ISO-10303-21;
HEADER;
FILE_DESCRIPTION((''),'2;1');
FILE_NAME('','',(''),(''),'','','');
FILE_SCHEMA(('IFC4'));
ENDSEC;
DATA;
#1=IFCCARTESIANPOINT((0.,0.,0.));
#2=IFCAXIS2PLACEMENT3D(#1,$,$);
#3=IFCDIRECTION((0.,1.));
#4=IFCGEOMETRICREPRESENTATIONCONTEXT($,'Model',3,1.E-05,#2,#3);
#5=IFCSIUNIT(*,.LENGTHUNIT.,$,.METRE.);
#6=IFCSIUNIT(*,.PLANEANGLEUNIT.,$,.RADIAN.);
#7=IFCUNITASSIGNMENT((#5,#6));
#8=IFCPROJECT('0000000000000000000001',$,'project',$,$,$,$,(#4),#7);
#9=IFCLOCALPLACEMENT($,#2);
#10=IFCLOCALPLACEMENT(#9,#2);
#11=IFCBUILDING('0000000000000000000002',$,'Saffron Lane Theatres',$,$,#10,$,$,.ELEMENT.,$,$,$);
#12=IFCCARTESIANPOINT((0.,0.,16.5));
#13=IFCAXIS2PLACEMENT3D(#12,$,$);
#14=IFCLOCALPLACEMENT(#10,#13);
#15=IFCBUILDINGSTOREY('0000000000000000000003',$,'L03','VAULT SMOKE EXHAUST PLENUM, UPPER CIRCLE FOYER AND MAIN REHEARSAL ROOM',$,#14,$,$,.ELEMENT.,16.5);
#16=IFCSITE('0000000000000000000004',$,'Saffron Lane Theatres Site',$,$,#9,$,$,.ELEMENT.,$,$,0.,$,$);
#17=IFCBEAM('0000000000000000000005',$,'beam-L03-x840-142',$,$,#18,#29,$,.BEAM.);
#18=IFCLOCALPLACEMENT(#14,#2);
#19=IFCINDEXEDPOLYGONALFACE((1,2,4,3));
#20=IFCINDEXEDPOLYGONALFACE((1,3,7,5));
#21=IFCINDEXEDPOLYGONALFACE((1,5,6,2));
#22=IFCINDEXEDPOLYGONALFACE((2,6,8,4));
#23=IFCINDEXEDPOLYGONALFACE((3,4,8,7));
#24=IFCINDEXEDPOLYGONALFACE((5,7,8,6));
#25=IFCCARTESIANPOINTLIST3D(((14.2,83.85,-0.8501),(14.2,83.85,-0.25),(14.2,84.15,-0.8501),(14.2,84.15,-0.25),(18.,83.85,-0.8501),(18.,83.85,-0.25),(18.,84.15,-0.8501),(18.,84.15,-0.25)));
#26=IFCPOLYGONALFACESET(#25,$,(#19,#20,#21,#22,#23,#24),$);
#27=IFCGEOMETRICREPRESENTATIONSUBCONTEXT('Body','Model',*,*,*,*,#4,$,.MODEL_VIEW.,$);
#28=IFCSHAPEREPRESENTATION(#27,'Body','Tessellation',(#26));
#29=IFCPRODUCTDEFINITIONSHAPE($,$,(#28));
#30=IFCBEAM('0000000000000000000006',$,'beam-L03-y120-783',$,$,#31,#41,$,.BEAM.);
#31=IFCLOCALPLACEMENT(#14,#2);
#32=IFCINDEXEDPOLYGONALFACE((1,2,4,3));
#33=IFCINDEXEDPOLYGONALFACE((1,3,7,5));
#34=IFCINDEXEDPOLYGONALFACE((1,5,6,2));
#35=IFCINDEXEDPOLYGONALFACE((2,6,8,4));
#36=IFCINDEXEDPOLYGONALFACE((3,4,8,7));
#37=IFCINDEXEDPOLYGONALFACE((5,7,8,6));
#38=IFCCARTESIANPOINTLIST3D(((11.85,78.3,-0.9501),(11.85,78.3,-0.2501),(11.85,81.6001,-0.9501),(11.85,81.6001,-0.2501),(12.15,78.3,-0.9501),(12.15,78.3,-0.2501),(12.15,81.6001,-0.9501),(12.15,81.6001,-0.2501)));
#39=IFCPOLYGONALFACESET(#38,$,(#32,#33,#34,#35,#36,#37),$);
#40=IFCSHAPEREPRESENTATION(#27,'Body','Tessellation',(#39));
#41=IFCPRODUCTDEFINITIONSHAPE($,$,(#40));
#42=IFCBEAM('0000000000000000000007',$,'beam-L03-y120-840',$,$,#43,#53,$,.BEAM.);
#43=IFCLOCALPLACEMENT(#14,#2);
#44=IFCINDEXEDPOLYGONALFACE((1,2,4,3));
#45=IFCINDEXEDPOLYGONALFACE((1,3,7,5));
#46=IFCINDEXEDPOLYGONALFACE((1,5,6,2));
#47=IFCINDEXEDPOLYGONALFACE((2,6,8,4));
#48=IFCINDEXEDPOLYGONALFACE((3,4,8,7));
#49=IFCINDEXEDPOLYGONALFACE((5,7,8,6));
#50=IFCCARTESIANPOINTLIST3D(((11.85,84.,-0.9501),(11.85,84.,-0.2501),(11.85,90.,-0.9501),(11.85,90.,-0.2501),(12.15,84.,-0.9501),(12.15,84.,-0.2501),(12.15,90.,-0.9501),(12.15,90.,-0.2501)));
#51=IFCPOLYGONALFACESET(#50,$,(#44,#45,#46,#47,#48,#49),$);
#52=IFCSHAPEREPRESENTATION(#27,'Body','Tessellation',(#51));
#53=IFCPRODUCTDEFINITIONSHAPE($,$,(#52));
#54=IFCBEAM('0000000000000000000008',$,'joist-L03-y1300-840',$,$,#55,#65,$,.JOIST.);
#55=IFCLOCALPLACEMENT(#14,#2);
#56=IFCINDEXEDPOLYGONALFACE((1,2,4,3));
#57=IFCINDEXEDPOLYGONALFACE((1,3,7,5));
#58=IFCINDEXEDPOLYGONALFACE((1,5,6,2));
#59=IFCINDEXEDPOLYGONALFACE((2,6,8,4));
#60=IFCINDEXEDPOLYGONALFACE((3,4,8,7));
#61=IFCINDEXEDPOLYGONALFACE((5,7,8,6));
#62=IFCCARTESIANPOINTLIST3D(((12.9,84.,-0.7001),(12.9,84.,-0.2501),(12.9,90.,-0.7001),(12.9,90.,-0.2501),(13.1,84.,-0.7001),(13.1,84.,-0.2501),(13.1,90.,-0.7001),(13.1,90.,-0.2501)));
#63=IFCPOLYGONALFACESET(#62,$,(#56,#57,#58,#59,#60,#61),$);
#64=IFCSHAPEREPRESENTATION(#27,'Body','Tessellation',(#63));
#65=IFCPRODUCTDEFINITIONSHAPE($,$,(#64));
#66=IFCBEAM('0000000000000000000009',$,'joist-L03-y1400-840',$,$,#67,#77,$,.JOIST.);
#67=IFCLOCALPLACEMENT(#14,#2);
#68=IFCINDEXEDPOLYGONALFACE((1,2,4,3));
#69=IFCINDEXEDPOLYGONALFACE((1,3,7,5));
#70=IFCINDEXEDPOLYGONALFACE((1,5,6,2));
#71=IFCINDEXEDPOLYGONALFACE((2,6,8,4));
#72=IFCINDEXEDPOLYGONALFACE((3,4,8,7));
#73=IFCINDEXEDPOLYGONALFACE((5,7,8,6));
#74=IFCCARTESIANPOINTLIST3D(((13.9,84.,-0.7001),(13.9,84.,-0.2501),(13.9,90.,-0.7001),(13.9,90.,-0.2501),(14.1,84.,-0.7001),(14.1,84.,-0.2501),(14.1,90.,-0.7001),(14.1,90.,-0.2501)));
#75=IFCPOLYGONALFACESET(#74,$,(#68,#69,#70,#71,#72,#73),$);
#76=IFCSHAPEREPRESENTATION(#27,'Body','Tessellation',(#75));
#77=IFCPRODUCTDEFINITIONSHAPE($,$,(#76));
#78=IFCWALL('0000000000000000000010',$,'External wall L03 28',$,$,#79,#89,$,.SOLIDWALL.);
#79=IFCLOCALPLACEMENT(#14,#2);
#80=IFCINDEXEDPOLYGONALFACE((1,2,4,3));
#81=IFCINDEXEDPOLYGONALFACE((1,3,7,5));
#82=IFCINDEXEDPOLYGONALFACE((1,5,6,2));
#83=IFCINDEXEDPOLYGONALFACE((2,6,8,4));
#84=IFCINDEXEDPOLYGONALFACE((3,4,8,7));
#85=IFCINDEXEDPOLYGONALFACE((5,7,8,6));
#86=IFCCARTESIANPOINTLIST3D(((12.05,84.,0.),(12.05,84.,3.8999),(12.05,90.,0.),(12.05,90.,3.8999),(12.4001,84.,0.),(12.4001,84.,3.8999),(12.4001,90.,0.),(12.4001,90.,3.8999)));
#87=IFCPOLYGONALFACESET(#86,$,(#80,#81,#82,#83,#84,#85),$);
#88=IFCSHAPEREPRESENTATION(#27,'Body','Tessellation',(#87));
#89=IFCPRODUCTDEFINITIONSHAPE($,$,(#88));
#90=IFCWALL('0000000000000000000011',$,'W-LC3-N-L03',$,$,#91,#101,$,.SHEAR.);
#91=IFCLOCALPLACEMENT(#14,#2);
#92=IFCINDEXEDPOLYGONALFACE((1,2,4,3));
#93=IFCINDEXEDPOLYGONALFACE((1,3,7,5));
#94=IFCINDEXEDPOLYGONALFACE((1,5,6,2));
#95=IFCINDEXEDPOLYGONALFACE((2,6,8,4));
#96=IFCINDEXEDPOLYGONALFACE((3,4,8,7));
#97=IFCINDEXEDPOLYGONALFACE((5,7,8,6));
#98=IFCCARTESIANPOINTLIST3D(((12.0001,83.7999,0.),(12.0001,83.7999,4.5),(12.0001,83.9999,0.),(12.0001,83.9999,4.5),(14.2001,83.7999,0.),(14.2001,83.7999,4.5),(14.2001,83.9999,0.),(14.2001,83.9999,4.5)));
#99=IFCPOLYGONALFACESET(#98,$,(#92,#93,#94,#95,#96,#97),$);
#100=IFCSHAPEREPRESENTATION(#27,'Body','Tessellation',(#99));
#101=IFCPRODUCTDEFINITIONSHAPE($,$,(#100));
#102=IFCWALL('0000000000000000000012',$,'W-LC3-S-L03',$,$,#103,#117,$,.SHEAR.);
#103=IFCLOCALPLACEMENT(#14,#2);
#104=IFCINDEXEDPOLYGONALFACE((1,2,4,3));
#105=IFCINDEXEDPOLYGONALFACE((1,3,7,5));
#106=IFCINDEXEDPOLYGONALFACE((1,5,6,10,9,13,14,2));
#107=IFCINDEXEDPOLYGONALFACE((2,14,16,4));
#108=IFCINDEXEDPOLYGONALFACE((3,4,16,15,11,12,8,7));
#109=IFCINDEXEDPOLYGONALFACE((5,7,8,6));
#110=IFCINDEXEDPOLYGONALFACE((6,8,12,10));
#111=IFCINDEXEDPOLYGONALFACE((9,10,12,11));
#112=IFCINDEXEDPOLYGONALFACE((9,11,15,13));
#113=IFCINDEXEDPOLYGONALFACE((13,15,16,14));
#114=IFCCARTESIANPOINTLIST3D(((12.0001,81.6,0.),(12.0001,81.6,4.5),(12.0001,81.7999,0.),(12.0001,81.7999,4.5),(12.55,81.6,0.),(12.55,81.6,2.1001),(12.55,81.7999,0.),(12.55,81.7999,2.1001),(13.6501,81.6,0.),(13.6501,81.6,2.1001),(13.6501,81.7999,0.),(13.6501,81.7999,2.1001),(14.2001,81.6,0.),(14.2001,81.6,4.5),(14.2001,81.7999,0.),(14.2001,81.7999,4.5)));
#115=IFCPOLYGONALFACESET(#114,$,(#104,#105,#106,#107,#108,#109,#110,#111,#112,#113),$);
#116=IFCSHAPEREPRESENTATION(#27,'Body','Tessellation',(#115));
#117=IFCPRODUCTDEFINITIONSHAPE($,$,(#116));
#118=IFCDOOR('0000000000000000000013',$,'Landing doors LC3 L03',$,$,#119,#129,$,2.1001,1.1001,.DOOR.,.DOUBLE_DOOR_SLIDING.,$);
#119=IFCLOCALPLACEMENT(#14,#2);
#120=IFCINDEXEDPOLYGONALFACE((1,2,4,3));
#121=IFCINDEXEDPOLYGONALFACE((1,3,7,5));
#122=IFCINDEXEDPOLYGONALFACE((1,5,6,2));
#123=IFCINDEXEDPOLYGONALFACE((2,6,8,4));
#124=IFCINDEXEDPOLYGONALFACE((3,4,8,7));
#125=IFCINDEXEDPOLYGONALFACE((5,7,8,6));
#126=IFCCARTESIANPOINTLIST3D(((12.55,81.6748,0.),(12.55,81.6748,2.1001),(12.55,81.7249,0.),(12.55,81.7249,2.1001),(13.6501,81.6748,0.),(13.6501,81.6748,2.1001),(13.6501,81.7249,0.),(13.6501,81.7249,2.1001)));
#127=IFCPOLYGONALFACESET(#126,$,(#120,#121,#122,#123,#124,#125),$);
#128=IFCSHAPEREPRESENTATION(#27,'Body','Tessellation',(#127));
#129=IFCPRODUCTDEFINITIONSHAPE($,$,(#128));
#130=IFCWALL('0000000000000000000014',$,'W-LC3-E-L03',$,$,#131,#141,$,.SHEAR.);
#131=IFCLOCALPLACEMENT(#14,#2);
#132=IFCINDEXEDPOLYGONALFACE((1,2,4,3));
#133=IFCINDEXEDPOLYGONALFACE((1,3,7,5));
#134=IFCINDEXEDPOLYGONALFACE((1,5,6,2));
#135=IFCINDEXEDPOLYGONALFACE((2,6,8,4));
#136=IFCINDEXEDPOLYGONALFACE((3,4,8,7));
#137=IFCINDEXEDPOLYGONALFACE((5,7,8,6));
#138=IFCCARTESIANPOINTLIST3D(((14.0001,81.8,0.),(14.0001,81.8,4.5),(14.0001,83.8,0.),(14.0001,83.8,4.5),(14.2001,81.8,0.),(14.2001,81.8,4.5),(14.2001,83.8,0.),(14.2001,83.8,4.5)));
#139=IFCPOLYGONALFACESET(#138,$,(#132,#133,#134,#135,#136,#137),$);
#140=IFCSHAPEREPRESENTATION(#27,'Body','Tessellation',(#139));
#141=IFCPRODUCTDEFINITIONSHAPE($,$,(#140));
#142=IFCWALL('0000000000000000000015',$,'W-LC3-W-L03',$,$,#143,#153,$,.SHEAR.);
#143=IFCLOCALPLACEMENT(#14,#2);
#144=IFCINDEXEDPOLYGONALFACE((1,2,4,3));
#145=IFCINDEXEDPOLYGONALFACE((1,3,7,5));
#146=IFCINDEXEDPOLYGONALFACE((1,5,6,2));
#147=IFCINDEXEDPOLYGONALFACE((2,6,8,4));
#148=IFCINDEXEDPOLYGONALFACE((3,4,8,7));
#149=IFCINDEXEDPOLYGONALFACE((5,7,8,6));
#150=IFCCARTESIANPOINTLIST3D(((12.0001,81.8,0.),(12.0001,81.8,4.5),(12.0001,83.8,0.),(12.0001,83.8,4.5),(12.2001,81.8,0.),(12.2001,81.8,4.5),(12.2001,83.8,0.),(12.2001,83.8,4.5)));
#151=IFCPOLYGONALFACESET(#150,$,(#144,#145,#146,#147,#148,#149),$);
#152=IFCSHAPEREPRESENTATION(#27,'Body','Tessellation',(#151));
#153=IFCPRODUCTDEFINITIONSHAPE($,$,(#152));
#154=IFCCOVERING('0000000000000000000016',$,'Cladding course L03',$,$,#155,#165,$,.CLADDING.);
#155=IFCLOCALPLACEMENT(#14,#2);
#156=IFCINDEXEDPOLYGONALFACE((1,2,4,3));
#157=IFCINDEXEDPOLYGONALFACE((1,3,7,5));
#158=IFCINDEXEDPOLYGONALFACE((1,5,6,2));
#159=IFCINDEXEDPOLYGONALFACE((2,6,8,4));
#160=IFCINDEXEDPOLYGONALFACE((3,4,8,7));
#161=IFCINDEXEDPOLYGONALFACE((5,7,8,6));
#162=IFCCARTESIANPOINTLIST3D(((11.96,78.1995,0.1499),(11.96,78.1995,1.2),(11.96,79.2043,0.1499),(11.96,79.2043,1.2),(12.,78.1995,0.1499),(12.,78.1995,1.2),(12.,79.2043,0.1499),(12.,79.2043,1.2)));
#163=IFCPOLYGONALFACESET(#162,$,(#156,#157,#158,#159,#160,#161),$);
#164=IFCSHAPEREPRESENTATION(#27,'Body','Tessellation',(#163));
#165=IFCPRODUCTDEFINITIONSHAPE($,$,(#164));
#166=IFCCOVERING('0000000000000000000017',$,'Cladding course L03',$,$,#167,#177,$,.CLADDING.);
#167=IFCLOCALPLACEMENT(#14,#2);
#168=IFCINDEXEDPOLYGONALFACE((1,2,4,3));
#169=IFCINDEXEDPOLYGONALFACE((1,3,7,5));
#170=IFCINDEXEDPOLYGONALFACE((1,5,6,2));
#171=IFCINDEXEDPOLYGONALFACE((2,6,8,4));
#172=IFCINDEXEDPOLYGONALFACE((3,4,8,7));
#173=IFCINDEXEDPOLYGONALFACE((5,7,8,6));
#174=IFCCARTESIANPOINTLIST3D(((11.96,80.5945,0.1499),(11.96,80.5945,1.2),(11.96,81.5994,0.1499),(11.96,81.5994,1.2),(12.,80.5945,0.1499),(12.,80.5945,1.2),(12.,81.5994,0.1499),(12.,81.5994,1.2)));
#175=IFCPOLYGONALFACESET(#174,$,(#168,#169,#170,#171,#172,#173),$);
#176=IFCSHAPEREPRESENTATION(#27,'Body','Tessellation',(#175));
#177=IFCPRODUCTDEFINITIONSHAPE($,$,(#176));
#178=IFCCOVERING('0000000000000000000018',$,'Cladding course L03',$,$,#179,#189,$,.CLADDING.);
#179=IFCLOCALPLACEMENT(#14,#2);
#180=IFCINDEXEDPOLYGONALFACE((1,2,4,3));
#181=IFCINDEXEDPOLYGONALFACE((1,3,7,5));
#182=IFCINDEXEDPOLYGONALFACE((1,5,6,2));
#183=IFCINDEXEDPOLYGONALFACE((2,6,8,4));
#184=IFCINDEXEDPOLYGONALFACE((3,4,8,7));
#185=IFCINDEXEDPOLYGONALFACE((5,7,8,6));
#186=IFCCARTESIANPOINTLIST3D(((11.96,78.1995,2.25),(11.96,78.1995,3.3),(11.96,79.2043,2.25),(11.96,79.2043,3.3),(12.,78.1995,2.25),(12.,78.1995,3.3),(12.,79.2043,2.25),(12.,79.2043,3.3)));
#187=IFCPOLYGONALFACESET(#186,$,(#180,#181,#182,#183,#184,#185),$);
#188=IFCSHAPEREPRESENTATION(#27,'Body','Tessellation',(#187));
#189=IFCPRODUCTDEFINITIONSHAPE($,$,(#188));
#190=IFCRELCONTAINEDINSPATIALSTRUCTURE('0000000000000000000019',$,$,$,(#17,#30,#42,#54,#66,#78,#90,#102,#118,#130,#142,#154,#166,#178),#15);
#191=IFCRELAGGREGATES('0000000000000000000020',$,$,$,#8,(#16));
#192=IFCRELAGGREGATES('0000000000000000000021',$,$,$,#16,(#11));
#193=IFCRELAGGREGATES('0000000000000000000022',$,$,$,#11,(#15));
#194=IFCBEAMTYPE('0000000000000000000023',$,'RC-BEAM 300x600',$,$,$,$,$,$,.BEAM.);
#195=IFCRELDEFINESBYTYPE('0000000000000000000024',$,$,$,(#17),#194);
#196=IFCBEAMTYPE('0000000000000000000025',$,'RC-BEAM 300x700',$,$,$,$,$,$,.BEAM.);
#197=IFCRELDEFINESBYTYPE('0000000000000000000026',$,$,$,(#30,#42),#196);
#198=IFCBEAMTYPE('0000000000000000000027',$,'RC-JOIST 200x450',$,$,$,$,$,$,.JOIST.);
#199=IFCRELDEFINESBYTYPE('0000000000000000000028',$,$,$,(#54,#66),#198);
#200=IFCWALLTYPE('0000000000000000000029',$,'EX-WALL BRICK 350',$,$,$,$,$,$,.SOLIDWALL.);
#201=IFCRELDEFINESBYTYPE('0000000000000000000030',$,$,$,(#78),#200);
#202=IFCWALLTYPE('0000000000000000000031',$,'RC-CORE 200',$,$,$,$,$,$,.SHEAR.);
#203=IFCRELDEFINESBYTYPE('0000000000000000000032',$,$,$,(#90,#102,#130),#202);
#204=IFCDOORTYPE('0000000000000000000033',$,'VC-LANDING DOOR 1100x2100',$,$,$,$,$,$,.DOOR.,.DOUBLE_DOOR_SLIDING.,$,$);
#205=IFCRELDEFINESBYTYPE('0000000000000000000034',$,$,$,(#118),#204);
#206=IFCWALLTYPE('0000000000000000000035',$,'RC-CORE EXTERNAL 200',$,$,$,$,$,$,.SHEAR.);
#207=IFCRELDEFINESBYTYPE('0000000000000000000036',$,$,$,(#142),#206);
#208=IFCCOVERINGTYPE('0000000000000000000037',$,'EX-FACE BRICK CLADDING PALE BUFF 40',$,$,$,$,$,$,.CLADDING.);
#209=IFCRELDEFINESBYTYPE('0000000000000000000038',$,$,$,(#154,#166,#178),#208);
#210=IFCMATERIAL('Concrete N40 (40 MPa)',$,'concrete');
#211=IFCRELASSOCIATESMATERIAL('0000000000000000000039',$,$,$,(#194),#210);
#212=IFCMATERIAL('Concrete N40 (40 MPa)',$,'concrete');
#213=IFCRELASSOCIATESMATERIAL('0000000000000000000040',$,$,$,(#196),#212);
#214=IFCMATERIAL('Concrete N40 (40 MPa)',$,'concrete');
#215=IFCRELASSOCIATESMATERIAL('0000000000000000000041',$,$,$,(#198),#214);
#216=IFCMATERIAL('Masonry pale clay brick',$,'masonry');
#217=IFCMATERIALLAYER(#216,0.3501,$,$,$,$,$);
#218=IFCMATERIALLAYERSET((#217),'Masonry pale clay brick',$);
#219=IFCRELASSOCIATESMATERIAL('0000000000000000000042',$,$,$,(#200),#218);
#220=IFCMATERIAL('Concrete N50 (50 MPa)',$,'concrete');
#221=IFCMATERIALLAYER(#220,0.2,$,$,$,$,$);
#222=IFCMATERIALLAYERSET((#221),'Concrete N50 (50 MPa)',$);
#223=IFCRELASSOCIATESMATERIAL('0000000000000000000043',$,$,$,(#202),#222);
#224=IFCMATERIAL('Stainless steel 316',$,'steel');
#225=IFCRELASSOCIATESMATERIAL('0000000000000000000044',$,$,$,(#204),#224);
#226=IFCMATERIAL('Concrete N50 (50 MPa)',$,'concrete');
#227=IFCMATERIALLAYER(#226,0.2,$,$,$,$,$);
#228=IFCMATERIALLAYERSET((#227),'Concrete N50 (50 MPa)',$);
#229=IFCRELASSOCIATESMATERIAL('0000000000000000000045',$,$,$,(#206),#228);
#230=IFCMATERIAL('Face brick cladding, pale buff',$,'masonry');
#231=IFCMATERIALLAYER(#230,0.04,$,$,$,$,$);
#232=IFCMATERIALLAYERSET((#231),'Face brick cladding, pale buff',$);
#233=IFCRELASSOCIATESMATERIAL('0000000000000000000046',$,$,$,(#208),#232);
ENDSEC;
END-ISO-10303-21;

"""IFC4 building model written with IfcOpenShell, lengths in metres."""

from ifc_helpers import new_model, si_unit, direction, frame, frame_2d, origin, origin_2d, place, context, subcontext, project, spatial, rectangle, extrude, material, layer, layer_set, material_profile, profile_set, type_object, element, fill, save


model = new_model("IFC4")

# Units and contexts
model_context = context("Model", 3, precision=1e-05, world=origin(), true_north=direction((0.0, 1.0)))
body_context = subcontext(model_context, "Body", "Model", "MODEL_VIEW")
ifc_project = project(units=[si_unit("LENGTHUNIT", "METRE"), si_unit("PLANEANGLEUNIT", "RADIAN")], contexts=[model_context])

# Site, building, storey
site_placement = place(None, origin())
site = spatial("IfcSite", under=ifc_project, at=site_placement, Name="Saffron Lane Theatres Site", CompositionType="ELEMENT", RefElevation=0.0)
building_placement = place(site_placement, origin())
building = spatial("IfcBuilding", under=site, at=building_placement, Name="Saffron Lane Theatres", CompositionType="ELEMENT")
storey_placement = place(building_placement, frame((0.0, 0.0, 16.5)))
storey = spatial("IfcBuildingStorey", under=building, at=storey_placement, Name="L03", Description="VAULT SMOKE EXHAUST PLENUM, UPPER CIRCLE FOYER AND MAIN REHEARSAL ROOM", CompositionType="ELEMENT", Elevation=16.5)

# Beams
ifc_material_1 = material(Name="Concrete N40 (40 MPa)", Category="concrete")
ifc_material_profile_1 = material_profile(ifc_material_1, rectangle(XDim=0.3, YDim=0.6001, at=origin_2d()))
ifc_profile_set_1 = profile_set([ifc_material_profile_1], Name="Concrete N40 (40 MPa)")
beam_type_1 = type_object("IfcBeamType", Name="RC-BEAM 300x600", PredefinedType="BEAM", material=ifc_profile_set_1)
beam_1_placement = place(storey_placement, frame((14.2, 84.0, -0.55), z_axis=(1.0, 0.0, 0.0), x_axis=(0.0, 1.0, 0.0)))
element("IfcBeam", 1, at=beam_1_placement, inside=storey, type_object=beam_type_1, Name="beam-L03-x840-142", PredefinedType="BEAM", context=body_context, shape_type="SweptSolid", body=[
    extrude(rectangle(XDim=0.3, YDim=0.6001, at=origin_2d()), origin(), (0.0, 0.0, 1.0), 3.8),
])
ifc_material_2 = material(Name="Concrete N40 (40 MPa)", Category="concrete")
ifc_material_profile_2 = material_profile(ifc_material_2, rectangle(XDim=0.3, YDim=0.7, at=origin_2d()))
ifc_profile_set_2 = profile_set([ifc_material_profile_2], Name="Concrete N40 (40 MPa)")
beam_type_2 = type_object("IfcBeamType", Name="RC-BEAM 300x700", PredefinedType="BEAM", material=ifc_profile_set_2)
beam_2_placement = place(storey_placement, frame((12.0, 78.3, -0.6001), z_axis=(0.0, 1.0, 0.0), x_axis=(-1.0, 0.0, 0.0)))
element("IfcBeam", 2, at=beam_2_placement, inside=storey, type_object=beam_type_2, Name="beam-L03-y120-783", PredefinedType="BEAM", context=body_context, shape_type="SweptSolid", body=[
    extrude(rectangle(XDim=0.3, YDim=0.7, at=origin_2d()), origin(), (0.0, 0.0, 1.0), 3.3),
])
beam_3_placement = place(storey_placement, frame((12.0, 84.0, -0.6001), z_axis=(0.0, 1.0, 0.0), x_axis=(-1.0, 0.0, 0.0)))
element("IfcBeam", 3, at=beam_3_placement, inside=storey, type_object=beam_type_2, Name="beam-L03-y120-840", PredefinedType="BEAM", context=body_context, shape_type="SweptSolid", body=[
    extrude(rectangle(XDim=0.3, YDim=0.7, at=origin_2d()), origin(), (0.0, 0.0, 1.0), 6.0),
])
ifc_material_3 = material(Name="Concrete N40 (40 MPa)", Category="concrete")
ifc_material_profile_3 = material_profile(ifc_material_3, rectangle(XDim=0.2, YDim=0.45, at=origin_2d()))
ifc_profile_set_3 = profile_set([ifc_material_profile_3], Name="Concrete N40 (40 MPa)")
beam_type_3 = type_object("IfcBeamType", Name="RC-JOIST 200x450", PredefinedType="JOIST", material=ifc_profile_set_3)
for number, where, z_axis, x_axis, name in (
    (4, (13.0, 84.0, -0.4751), (0.0, 1.0, 0.0), (-1.0, 0.0, 0.0), "joist-L03-y1300-840"),
    (5, (14.0, 84.0, -0.4751), (0.0, 1.0, 0.0), (-1.0, 0.0, 0.0), "joist-L03-y1400-840"),
):
    element("IfcBeam", number, at=place(storey_placement, frame(where, z_axis=z_axis, x_axis=x_axis)), inside=storey, type_object=beam_type_3, Name=name, PredefinedType="JOIST", context=body_context, shape_type="SweptSolid", body=[
        extrude(rectangle(XDim=0.2, YDim=0.45, at=origin_2d()), origin(), (0.0, 0.0, 1.0), 6.0),
    ])

# Walls
ifc_material_4 = material(Name="Masonry pale clay brick", Category="masonry")
ifc_layer_1 = layer(ifc_material_4, 0.3501)
ifc_layer_set_1 = layer_set([ifc_layer_1], Name="Masonry pale clay brick")
wall_type_1 = type_object("IfcWallType", Name="EX-WALL BRICK 350", PredefinedType="SOLIDWALL", material=ifc_layer_set_1)
wall_1_placement = place(storey_placement, frame((12.2251, 84.0, 0.0), z_axis=(0.0, 0.0, 1.0), x_axis=(0.0, 1.0, 0.0)))
element("IfcWall", 6, at=wall_1_placement, inside=storey, type_object=wall_type_1, Name="External wall L03 28", PredefinedType="SOLIDWALL", context=body_context, shape_type="SweptSolid", body=[
    extrude(rectangle(XDim=6.0, YDim=0.3501, at=frame_2d((3.0, 0.0))), origin(), (0.0, 0.0, 1.0), 3.8999),
])
ifc_material_5 = material(Name="Concrete N50 (50 MPa)", Category="concrete")
ifc_layer_2 = layer(ifc_material_5, 0.2)
ifc_layer_set_2 = layer_set([ifc_layer_2], Name="Concrete N50 (50 MPa)")
wall_type_2 = type_object("IfcWallType", Name="RC-CORE 200", PredefinedType="SHEAR", material=ifc_layer_set_2)
wall_2_placement = place(storey_placement, frame((12.0, 83.8999, 0.0), z_axis=(0.0, 0.0, 1.0), x_axis=(1.0, 0.0, 0.0)))
element("IfcWall", 7, at=wall_2_placement, inside=storey, type_object=wall_type_2, Name="W-LC3-N-L03", PredefinedType="SHEAR", context=body_context, shape_type="SweptSolid", body=[
    extrude(rectangle(XDim=2.2, YDim=0.2, at=frame_2d((1.1001, 0.0))), origin(), (0.0, 0.0, 1.0), 4.5),
])

# Wall, opening, door
wall_3_placement = place(storey_placement, frame((12.0, 81.7, 0.0), z_axis=(0.0, 0.0, 1.0), x_axis=(1.0, 0.0, 0.0)))
wall_3 = element("IfcWall", 8, at=wall_3_placement, inside=storey, type_object=wall_type_2, Name="W-LC3-S-L03", PredefinedType="SHEAR", context=body_context, shape_type="SweptSolid", body=[
    extrude(rectangle(XDim=2.2, YDim=0.2, at=frame_2d((1.1001, 0.0))), origin(), (0.0, 0.0, 1.0), 4.5),
])
opening_placement = place(wall_3_placement, frame((0.55, 0.0, 0.0)))
opening = element("IfcOpeningElement", 9, at=opening_placement, cuts=wall_3, PredefinedType="OPENING", context=body_context, shape_type="SweptSolid", body=[
    extrude(rectangle(XDim=1.1001, YDim=2.1001, at=frame_2d((0.55, 1.05))), frame((0.0, 0.1099, 0.0), z_axis=(0.0, -1.0, 0.0), x_axis=(1.0, 0.0, 0.0)), (0.0, 0.0, 1.0), 0.22),
])
ifc_material_6 = material(Name="Stainless steel 316", Category="steel")
door_type = type_object("IfcDoorType", Name="VC-LANDING DOOR 1100x2100", OperationType="DOUBLE_DOOR_SLIDING", PredefinedType="DOOR", material=ifc_material_6)
door_placement = place(opening_placement, origin())
door = element("IfcDoor", 10, at=door_placement, inside=storey, type_object=door_type, Name="Landing doors LC3 L03", OperationType="DOUBLE_DOOR_SLIDING", OverallHeight=2.1001, OverallWidth=1.1001, PredefinedType="DOOR", context=body_context, shape_type="SweptSolid", body=[
    extrude(rectangle(XDim=1.1001, YDim=2.1001, at=frame_2d((0.55, 1.05))), frame((0.0, 0.0249, 0.0), z_axis=(0.0, -1.0, 0.0), x_axis=(1.0, 0.0, 0.0)), (0.0, 0.0, 1.0), 0.05),
])
fill(opening, door)

# Walls
wall_4_placement = place(storey_placement, frame((14.1001, 81.8, 0.0), z_axis=(0.0, 0.0, 1.0), x_axis=(0.0, 1.0, 0.0)))
element("IfcWall", 11, at=wall_4_placement, inside=storey, type_object=wall_type_2, Name="W-LC3-E-L03", PredefinedType="SHEAR", context=body_context, shape_type="SweptSolid", body=[
    extrude(rectangle(XDim=2.0, YDim=0.2, at=frame_2d((1.0, 0.0))), origin(), (0.0, 0.0, 1.0), 4.5),
])
ifc_material_7 = material(Name="Concrete N50 (50 MPa)", Category="concrete")
ifc_layer_3 = layer(ifc_material_7, 0.2)
ifc_layer_set_3 = layer_set([ifc_layer_3], Name="Concrete N50 (50 MPa)")
wall_type_3 = type_object("IfcWallType", Name="RC-CORE EXTERNAL 200", PredefinedType="SHEAR", material=ifc_layer_set_3)
wall_5_placement = place(storey_placement, frame((12.1001, 81.8, 0.0), z_axis=(0.0, 0.0, 1.0), x_axis=(0.0, 1.0, 0.0)))
element("IfcWall", 12, at=wall_5_placement, inside=storey, type_object=wall_type_3, Name="W-LC3-W-L03", PredefinedType="SHEAR", context=body_context, shape_type="SweptSolid", body=[
    extrude(rectangle(XDim=2.0, YDim=0.2, at=frame_2d((1.0, 0.0))), origin(), (0.0, 0.0, 1.0), 4.5),
])

# Coverings
ifc_material_8 = material(Name="Face brick cladding, pale buff", Category="masonry")
ifc_layer_4 = layer(ifc_material_8, 0.04)
ifc_layer_set_4 = layer_set([ifc_layer_4], Name="Face brick cladding, pale buff")
covering_type_1 = type_object("IfcCoveringType", Name="EX-FACE BRICK CLADDING PALE BUFF 40", PredefinedType="CLADDING", material=ifc_layer_set_4)
for number, where, z_axis, x_axis, name in (
    (13, (11.98, 78.7019, 0.1499), (0.0, 0.0, 1.0), (0.0, 1.0, 0.0), "Cladding course L03"),
    (14, (11.98, 81.0969, 0.1499), (0.0, 0.0, 1.0), (0.0, 1.0, 0.0), "Cladding course L03"),
    (15, (11.98, 78.7019, 2.25), (0.0, 0.0, 1.0), (0.0, 1.0, 0.0), "Cladding course L03"),
):
    element("IfcCovering", number, at=place(storey_placement, frame(where, z_axis=z_axis, x_axis=x_axis)), inside=storey, type_object=covering_type_1, Name=name, PredefinedType="CLADDING", context=body_context, shape_type="SweptSolid", body=[
        extrude(rectangle(XDim=1.0049, YDim=0.04, at=origin_2d()), origin(), (0.0, 0.0, 1.0), 1.05),
    ])

save(model, "model.ifc")
